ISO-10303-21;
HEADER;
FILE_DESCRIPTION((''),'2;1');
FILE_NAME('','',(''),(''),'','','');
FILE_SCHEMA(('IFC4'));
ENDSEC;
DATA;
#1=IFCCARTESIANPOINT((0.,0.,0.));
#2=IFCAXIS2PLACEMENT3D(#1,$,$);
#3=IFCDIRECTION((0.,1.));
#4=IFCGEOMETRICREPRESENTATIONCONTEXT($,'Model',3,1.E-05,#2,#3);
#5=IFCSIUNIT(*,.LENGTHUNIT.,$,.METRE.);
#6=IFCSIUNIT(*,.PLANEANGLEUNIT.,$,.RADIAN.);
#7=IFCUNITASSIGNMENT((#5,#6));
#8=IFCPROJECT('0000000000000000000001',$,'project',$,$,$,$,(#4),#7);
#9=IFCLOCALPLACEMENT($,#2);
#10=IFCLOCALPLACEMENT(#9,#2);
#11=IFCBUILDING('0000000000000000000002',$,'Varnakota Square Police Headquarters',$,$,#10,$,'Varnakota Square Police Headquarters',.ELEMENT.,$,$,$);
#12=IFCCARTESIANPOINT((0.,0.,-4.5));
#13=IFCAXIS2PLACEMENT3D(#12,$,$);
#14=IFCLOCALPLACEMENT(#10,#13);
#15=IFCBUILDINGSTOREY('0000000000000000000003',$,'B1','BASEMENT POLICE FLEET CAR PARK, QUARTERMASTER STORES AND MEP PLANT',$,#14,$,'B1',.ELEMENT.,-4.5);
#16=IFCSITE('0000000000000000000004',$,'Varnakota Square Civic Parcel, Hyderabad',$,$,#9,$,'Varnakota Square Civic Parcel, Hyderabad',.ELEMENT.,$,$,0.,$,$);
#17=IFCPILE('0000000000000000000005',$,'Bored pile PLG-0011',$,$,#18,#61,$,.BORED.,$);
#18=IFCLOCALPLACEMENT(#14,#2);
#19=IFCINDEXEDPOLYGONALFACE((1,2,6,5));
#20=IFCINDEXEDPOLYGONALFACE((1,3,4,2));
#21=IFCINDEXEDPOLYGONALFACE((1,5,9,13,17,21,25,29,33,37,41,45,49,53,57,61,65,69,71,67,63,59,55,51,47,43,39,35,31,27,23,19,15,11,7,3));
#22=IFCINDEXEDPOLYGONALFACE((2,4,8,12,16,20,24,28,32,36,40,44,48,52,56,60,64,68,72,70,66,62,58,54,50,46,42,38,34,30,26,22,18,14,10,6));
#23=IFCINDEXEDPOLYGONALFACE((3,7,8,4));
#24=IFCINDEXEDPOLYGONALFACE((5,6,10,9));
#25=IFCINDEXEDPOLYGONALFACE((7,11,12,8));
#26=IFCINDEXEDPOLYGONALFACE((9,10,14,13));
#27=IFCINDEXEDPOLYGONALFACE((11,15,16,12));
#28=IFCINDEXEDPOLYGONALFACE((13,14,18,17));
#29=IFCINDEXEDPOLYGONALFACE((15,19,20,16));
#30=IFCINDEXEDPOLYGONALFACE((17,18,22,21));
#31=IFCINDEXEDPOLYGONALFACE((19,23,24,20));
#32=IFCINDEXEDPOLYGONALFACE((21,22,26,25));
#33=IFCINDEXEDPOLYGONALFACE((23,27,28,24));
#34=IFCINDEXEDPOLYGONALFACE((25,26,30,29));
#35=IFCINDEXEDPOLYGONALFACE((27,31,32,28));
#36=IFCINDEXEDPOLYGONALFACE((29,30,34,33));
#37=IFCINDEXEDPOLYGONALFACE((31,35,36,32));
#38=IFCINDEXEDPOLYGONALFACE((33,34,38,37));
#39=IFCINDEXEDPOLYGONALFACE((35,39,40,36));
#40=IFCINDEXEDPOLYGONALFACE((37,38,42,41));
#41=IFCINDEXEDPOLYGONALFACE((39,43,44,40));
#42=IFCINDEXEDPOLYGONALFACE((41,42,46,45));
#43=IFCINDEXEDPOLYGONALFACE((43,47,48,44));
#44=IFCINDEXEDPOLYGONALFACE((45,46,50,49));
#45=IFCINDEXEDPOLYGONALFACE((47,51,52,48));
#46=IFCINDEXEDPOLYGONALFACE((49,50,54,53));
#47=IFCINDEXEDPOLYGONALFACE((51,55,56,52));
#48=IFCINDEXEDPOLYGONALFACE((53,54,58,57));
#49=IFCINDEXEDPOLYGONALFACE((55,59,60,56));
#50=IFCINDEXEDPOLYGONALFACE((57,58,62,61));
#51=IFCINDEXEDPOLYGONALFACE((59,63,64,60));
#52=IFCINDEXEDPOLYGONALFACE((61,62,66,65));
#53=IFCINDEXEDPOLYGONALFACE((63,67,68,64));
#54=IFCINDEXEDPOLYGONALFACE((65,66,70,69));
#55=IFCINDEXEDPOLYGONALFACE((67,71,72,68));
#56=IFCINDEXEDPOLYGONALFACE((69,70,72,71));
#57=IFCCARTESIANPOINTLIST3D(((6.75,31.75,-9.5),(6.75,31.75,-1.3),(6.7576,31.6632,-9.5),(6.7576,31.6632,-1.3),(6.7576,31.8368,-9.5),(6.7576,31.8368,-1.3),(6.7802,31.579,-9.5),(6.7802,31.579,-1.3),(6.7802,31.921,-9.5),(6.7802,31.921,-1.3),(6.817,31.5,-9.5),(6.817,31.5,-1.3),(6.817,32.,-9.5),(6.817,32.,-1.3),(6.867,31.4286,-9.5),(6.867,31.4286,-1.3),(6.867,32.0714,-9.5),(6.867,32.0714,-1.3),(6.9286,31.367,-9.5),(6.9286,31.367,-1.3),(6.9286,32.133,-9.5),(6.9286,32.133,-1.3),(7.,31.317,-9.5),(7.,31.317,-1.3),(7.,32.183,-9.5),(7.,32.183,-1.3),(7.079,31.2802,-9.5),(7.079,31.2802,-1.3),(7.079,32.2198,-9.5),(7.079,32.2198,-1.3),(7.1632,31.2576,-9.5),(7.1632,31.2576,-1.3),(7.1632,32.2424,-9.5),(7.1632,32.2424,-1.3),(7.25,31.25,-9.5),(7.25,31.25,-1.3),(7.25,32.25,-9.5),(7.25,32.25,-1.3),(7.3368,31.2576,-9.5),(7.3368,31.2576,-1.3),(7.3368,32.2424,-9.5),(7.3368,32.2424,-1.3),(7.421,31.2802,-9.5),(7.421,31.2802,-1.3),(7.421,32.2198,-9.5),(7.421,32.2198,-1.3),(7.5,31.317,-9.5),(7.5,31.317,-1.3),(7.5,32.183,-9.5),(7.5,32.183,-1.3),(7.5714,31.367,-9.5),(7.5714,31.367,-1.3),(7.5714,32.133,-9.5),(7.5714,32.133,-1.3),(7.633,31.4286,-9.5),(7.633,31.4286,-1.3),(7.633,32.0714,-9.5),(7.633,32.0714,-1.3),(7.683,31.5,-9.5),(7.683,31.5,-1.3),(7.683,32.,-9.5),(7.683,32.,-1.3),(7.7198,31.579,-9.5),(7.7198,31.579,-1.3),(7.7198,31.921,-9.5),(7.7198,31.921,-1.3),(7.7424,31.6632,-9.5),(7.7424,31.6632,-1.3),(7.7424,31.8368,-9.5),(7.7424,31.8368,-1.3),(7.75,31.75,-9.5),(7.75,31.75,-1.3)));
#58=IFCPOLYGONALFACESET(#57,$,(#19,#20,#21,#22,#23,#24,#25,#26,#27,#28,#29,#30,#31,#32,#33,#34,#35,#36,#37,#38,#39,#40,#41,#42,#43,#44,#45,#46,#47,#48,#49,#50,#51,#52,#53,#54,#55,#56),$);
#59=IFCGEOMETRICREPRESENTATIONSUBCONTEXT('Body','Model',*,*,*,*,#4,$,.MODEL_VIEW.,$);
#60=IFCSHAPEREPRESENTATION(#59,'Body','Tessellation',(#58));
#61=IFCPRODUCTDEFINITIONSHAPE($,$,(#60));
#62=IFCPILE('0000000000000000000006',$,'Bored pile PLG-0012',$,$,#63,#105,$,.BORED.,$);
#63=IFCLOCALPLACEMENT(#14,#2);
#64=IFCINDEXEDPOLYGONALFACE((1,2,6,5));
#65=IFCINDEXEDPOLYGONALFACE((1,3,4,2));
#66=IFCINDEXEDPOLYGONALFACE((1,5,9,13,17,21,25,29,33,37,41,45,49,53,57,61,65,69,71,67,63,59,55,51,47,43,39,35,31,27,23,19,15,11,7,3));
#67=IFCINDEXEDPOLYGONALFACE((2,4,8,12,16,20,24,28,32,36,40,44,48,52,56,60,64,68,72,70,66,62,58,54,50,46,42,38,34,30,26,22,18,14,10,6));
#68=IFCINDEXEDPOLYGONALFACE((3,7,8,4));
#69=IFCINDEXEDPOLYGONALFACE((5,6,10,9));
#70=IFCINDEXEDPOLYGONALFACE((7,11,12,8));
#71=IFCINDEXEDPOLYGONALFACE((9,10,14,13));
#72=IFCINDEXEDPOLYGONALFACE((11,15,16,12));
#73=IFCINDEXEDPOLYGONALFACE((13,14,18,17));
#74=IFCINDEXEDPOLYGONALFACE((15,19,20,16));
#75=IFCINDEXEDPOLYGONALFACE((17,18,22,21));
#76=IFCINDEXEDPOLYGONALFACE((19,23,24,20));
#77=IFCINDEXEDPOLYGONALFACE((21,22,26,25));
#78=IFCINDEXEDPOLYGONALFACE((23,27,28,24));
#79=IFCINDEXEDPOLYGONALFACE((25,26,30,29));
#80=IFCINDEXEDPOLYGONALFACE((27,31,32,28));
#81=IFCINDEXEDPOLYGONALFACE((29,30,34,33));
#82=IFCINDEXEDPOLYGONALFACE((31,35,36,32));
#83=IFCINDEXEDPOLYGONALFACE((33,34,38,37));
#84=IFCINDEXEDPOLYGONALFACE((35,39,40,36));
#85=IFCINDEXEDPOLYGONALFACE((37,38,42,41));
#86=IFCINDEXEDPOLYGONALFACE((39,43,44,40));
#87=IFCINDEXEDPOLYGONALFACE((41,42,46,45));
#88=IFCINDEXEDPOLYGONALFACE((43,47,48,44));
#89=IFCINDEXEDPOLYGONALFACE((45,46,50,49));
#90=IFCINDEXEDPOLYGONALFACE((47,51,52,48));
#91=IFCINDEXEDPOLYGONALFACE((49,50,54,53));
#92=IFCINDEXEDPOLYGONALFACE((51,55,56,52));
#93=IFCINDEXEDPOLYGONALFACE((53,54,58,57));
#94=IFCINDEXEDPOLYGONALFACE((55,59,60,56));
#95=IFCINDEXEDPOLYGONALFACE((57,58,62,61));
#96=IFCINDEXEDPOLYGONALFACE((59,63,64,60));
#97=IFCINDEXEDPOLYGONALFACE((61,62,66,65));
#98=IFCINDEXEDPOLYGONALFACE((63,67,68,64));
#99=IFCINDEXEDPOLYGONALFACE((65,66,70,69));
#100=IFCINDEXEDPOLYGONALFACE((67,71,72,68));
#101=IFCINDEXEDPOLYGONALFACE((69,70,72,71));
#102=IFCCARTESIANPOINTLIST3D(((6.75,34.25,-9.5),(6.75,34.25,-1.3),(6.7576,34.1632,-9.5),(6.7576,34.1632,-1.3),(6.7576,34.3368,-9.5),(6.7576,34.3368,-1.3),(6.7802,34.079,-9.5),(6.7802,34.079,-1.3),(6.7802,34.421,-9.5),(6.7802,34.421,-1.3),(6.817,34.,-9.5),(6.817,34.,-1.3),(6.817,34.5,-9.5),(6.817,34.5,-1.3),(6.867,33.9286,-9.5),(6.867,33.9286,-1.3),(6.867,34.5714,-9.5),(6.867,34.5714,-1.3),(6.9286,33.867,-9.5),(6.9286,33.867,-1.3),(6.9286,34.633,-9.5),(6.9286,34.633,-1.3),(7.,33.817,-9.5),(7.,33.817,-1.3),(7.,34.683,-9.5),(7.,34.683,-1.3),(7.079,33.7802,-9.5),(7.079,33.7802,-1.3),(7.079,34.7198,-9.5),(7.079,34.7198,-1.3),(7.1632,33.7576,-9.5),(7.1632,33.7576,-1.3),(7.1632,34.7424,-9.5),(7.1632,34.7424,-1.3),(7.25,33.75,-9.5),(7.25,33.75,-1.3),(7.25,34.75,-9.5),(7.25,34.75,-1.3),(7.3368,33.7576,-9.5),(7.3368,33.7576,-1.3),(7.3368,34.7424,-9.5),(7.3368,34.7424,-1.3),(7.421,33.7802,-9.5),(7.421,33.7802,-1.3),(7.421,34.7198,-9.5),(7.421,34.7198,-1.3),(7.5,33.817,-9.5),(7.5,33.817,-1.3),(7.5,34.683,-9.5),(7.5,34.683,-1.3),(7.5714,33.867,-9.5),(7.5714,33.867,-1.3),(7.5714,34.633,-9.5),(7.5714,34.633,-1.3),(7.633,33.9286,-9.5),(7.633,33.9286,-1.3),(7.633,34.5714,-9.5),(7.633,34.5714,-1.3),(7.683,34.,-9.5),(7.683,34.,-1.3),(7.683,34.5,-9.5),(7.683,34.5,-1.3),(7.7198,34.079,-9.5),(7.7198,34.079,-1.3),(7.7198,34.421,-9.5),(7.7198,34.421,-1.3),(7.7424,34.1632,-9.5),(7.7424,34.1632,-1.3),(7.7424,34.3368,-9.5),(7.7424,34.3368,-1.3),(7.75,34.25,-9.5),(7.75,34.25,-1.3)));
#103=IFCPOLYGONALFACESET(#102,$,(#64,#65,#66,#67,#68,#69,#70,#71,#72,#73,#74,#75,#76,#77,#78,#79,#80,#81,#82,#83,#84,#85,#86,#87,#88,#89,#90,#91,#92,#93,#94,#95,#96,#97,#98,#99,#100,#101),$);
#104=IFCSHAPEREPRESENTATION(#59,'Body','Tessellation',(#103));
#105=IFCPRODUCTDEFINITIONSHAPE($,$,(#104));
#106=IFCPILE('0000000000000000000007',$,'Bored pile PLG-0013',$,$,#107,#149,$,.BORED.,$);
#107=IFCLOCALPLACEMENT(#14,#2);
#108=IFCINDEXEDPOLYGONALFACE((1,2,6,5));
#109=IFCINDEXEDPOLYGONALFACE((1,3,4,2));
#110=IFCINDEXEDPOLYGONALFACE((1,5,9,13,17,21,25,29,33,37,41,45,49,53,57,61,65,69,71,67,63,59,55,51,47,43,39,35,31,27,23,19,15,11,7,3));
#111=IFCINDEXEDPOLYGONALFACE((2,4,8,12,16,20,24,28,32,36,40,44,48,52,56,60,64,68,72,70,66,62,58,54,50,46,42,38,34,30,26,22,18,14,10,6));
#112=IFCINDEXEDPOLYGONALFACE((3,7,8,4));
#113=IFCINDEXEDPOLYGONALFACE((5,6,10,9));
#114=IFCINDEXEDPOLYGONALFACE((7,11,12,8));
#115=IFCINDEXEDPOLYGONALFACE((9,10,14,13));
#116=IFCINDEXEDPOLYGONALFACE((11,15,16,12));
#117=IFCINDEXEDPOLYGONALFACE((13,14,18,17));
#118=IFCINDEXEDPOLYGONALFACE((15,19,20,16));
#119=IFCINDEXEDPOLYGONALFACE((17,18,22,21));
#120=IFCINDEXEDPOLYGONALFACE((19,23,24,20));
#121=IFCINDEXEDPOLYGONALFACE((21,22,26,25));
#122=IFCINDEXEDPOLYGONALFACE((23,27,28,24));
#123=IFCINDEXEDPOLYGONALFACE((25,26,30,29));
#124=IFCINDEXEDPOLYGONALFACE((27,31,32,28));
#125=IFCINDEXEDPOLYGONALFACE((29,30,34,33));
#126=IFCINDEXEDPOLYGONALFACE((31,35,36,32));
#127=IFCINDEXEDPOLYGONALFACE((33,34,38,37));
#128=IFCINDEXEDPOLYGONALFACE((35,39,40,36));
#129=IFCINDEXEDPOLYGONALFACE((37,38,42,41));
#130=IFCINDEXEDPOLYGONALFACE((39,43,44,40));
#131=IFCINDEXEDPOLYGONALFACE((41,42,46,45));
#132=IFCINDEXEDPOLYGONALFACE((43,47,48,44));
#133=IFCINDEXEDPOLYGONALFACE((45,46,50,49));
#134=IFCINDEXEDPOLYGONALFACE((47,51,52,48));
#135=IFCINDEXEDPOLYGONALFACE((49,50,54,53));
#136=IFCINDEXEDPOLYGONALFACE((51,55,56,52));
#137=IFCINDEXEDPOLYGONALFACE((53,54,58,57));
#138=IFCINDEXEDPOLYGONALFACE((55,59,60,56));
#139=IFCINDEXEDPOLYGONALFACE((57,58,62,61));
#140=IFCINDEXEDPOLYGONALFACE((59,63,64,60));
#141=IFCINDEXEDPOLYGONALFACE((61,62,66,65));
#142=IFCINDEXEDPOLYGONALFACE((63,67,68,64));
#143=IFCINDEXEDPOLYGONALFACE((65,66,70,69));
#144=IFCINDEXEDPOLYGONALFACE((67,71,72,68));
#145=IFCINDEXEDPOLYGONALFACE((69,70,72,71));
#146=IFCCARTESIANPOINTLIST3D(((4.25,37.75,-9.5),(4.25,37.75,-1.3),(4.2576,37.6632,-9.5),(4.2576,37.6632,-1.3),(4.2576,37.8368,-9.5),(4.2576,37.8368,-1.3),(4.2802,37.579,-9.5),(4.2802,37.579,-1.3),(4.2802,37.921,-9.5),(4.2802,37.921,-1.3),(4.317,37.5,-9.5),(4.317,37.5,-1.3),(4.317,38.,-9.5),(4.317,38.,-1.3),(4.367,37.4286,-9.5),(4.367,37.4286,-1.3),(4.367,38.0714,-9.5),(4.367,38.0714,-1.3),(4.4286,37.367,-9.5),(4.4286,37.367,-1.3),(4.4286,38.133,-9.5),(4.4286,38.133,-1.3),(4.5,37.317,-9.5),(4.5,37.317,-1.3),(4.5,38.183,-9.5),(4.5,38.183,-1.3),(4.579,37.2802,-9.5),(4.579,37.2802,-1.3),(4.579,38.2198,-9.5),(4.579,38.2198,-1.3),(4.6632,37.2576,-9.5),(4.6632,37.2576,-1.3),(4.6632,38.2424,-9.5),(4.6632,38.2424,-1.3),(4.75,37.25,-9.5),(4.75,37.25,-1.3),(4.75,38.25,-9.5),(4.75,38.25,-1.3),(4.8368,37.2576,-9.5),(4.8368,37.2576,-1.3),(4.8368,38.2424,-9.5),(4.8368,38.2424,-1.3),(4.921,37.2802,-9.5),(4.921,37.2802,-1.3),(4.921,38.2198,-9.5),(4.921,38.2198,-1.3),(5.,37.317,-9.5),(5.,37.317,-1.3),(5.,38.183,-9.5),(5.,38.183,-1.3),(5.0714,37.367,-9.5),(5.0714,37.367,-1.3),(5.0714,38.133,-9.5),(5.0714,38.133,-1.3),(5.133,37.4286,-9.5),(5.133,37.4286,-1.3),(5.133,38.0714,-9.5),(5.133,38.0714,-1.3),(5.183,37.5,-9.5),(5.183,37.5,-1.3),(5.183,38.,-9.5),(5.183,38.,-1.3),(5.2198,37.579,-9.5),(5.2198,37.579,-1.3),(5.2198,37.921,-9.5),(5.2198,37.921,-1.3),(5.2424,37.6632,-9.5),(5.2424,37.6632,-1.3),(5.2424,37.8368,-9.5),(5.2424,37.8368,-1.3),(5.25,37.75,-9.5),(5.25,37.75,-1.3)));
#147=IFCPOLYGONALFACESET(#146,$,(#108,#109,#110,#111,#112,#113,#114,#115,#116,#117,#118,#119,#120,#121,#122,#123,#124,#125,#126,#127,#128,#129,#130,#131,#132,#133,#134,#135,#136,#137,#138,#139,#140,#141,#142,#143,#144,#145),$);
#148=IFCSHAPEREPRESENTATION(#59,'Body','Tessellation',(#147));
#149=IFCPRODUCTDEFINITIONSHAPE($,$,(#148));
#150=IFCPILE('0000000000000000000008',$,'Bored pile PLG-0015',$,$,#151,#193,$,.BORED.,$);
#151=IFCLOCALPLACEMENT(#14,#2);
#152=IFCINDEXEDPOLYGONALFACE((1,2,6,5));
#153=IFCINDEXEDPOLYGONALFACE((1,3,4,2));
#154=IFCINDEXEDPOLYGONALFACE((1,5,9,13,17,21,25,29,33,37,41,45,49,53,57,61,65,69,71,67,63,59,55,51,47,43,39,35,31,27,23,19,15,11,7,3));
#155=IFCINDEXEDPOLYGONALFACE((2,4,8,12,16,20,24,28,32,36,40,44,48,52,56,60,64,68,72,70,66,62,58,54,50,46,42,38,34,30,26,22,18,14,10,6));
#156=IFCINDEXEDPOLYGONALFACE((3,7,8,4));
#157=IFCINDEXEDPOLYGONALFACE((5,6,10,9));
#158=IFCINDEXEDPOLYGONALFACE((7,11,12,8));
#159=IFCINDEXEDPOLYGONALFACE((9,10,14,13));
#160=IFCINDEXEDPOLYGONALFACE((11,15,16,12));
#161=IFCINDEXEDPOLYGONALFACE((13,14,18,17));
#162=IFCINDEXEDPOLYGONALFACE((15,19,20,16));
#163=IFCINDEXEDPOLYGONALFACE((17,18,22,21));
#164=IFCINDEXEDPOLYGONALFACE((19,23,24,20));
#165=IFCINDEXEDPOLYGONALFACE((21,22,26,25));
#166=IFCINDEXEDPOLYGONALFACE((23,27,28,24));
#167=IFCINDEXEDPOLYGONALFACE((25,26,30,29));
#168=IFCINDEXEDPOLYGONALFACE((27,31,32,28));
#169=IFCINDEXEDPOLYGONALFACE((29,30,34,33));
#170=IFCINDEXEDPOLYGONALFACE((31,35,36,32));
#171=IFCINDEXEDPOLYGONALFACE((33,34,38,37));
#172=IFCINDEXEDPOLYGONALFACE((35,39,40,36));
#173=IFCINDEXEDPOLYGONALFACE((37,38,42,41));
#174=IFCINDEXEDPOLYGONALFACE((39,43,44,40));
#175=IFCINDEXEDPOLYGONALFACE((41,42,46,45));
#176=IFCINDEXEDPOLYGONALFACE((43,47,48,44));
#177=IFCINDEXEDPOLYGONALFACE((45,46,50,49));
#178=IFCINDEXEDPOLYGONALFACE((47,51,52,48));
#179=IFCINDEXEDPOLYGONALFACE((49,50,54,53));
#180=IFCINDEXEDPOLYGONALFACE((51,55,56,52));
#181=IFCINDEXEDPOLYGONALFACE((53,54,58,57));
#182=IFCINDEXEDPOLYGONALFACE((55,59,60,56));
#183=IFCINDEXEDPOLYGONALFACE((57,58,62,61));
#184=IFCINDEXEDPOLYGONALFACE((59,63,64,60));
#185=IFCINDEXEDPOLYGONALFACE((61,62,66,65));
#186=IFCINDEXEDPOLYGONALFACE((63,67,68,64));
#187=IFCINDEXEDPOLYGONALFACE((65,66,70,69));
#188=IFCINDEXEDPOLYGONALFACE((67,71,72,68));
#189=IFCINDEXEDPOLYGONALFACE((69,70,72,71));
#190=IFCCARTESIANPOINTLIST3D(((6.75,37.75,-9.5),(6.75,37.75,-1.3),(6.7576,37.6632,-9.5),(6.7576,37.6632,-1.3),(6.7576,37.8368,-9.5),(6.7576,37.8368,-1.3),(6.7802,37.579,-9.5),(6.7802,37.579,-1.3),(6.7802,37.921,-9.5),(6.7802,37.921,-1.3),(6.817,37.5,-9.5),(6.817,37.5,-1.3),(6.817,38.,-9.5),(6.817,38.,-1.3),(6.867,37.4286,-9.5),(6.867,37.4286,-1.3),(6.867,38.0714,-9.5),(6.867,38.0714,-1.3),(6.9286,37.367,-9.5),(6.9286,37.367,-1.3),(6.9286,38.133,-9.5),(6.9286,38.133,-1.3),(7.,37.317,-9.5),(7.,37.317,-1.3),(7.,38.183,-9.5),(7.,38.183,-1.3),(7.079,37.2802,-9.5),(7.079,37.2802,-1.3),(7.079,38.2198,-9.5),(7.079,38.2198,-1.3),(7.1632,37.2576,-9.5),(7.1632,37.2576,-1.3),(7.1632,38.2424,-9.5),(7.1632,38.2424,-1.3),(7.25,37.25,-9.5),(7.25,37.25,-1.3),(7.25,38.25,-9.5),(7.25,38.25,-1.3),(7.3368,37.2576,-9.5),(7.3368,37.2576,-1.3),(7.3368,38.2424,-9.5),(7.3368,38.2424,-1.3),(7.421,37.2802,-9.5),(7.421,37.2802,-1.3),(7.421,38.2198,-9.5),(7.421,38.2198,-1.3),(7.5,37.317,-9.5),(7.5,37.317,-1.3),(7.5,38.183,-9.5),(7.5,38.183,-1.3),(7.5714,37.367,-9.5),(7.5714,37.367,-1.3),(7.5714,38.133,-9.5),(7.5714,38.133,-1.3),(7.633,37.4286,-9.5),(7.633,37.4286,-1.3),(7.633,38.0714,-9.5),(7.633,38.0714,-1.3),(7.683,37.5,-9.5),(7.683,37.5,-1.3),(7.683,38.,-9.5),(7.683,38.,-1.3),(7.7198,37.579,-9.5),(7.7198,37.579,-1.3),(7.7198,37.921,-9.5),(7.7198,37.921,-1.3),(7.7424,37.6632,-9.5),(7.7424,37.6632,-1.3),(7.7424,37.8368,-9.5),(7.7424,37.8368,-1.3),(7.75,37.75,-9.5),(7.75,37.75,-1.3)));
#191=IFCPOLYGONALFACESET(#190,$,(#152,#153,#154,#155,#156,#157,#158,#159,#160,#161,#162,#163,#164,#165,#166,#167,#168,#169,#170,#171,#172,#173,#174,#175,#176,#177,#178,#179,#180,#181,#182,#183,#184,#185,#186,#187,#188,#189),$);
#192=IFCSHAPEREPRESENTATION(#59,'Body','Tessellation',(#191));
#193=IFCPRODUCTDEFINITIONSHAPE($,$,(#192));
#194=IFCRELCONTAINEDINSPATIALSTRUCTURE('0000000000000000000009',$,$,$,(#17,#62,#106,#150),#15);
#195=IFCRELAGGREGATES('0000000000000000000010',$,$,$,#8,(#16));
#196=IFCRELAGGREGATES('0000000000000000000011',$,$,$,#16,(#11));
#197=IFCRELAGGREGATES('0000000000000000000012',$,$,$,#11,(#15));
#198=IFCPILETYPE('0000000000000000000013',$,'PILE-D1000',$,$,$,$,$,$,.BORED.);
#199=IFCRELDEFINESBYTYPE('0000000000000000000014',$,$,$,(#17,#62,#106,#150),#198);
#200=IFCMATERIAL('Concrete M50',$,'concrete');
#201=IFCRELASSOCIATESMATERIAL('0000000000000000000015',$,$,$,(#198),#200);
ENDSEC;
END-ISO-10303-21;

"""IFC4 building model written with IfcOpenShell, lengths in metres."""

from ifc_helpers import new_model, si_unit, direction, frame, origin, origin_2d, place, context, subcontext, project, spatial, circle, extrude, material, material_profile, profile_set, type_object, element, save


model = new_model("IFC4")

# Units and contexts
model_context = context("Model", 3, precision=1e-05, world=origin(), true_north=direction((0.0, 1.0)))
body_context = subcontext(model_context, "Body", "Model", "MODEL_VIEW")
ifc_project = project(units=[si_unit("LENGTHUNIT", "METRE"), si_unit("PLANEANGLEUNIT", "RADIAN")], contexts=[model_context])

# Site, building, storey
site_placement = place(None, origin())
site = spatial("IfcSite", under=ifc_project, at=site_placement, Name="Varnakota Square Civic Parcel, Hyderabad", LongName="Varnakota Square Civic Parcel, Hyderabad", CompositionType="ELEMENT", RefElevation=0.0)
building_placement = place(site_placement, origin())
building = spatial("IfcBuilding", under=site, at=building_placement, Name="Varnakota Square Police Headquarters", LongName="Varnakota Square Police Headquarters", CompositionType="ELEMENT")
storey_placement = place(building_placement, frame((0.0, 0.0, -4.5)))
storey = spatial("IfcBuildingStorey", under=building, at=storey_placement, Name="B1", Description="BASEMENT POLICE FLEET CAR PARK, QUARTERMASTER STORES AND MEP PLANT", LongName="B1", CompositionType="ELEMENT", Elevation=-4.5)

# Shared definitions
ifc_material_1 = material(Name="Concrete M50", Category="concrete")

# Piles
ifc_material_profile_1 = material_profile(ifc_material_1, circle(Radius=0.5, at=origin_2d()), Name="BORED PILE 1000")
ifc_profile_set_1 = profile_set([ifc_material_profile_1], Name="Concrete M50")
pile_type = type_object("IfcPileType", Name="PILE-D1000", PredefinedType="BORED", material=ifc_profile_set_1)
for number, where, z_axis, x_axis, name in (
    (1, (7.25, 31.75, -1.3), (0.0, 0.0, -1.0), (1.0, 0.0, 0.0), "Bored pile PLG-0011"),
    (2, (7.25, 34.25, -1.3), (0.0, 0.0, -1.0), (1.0, 0.0, 0.0), "Bored pile PLG-0012"),
    (3, (4.75, 37.75, -1.3), (0.0, 0.0, -1.0), (1.0, 0.0, 0.0), "Bored pile PLG-0013"),
    (4, (7.25, 37.75, -1.3), (0.0, 0.0, -1.0), (1.0, 0.0, 0.0), "Bored pile PLG-0015"),
):
    element("IfcPile", number, at=place(storey_placement, frame(where, z_axis=z_axis, x_axis=x_axis)), inside=storey, type_object=pile_type, Name=name, PredefinedType="BORED", context=body_context, shape_type="SweptSolid", body=[
        extrude(circle(Radius=0.5, at=origin_2d()), origin(), (0.0, 0.0, 1.0), 8.2),
    ])

save(model, "model.ifc")
